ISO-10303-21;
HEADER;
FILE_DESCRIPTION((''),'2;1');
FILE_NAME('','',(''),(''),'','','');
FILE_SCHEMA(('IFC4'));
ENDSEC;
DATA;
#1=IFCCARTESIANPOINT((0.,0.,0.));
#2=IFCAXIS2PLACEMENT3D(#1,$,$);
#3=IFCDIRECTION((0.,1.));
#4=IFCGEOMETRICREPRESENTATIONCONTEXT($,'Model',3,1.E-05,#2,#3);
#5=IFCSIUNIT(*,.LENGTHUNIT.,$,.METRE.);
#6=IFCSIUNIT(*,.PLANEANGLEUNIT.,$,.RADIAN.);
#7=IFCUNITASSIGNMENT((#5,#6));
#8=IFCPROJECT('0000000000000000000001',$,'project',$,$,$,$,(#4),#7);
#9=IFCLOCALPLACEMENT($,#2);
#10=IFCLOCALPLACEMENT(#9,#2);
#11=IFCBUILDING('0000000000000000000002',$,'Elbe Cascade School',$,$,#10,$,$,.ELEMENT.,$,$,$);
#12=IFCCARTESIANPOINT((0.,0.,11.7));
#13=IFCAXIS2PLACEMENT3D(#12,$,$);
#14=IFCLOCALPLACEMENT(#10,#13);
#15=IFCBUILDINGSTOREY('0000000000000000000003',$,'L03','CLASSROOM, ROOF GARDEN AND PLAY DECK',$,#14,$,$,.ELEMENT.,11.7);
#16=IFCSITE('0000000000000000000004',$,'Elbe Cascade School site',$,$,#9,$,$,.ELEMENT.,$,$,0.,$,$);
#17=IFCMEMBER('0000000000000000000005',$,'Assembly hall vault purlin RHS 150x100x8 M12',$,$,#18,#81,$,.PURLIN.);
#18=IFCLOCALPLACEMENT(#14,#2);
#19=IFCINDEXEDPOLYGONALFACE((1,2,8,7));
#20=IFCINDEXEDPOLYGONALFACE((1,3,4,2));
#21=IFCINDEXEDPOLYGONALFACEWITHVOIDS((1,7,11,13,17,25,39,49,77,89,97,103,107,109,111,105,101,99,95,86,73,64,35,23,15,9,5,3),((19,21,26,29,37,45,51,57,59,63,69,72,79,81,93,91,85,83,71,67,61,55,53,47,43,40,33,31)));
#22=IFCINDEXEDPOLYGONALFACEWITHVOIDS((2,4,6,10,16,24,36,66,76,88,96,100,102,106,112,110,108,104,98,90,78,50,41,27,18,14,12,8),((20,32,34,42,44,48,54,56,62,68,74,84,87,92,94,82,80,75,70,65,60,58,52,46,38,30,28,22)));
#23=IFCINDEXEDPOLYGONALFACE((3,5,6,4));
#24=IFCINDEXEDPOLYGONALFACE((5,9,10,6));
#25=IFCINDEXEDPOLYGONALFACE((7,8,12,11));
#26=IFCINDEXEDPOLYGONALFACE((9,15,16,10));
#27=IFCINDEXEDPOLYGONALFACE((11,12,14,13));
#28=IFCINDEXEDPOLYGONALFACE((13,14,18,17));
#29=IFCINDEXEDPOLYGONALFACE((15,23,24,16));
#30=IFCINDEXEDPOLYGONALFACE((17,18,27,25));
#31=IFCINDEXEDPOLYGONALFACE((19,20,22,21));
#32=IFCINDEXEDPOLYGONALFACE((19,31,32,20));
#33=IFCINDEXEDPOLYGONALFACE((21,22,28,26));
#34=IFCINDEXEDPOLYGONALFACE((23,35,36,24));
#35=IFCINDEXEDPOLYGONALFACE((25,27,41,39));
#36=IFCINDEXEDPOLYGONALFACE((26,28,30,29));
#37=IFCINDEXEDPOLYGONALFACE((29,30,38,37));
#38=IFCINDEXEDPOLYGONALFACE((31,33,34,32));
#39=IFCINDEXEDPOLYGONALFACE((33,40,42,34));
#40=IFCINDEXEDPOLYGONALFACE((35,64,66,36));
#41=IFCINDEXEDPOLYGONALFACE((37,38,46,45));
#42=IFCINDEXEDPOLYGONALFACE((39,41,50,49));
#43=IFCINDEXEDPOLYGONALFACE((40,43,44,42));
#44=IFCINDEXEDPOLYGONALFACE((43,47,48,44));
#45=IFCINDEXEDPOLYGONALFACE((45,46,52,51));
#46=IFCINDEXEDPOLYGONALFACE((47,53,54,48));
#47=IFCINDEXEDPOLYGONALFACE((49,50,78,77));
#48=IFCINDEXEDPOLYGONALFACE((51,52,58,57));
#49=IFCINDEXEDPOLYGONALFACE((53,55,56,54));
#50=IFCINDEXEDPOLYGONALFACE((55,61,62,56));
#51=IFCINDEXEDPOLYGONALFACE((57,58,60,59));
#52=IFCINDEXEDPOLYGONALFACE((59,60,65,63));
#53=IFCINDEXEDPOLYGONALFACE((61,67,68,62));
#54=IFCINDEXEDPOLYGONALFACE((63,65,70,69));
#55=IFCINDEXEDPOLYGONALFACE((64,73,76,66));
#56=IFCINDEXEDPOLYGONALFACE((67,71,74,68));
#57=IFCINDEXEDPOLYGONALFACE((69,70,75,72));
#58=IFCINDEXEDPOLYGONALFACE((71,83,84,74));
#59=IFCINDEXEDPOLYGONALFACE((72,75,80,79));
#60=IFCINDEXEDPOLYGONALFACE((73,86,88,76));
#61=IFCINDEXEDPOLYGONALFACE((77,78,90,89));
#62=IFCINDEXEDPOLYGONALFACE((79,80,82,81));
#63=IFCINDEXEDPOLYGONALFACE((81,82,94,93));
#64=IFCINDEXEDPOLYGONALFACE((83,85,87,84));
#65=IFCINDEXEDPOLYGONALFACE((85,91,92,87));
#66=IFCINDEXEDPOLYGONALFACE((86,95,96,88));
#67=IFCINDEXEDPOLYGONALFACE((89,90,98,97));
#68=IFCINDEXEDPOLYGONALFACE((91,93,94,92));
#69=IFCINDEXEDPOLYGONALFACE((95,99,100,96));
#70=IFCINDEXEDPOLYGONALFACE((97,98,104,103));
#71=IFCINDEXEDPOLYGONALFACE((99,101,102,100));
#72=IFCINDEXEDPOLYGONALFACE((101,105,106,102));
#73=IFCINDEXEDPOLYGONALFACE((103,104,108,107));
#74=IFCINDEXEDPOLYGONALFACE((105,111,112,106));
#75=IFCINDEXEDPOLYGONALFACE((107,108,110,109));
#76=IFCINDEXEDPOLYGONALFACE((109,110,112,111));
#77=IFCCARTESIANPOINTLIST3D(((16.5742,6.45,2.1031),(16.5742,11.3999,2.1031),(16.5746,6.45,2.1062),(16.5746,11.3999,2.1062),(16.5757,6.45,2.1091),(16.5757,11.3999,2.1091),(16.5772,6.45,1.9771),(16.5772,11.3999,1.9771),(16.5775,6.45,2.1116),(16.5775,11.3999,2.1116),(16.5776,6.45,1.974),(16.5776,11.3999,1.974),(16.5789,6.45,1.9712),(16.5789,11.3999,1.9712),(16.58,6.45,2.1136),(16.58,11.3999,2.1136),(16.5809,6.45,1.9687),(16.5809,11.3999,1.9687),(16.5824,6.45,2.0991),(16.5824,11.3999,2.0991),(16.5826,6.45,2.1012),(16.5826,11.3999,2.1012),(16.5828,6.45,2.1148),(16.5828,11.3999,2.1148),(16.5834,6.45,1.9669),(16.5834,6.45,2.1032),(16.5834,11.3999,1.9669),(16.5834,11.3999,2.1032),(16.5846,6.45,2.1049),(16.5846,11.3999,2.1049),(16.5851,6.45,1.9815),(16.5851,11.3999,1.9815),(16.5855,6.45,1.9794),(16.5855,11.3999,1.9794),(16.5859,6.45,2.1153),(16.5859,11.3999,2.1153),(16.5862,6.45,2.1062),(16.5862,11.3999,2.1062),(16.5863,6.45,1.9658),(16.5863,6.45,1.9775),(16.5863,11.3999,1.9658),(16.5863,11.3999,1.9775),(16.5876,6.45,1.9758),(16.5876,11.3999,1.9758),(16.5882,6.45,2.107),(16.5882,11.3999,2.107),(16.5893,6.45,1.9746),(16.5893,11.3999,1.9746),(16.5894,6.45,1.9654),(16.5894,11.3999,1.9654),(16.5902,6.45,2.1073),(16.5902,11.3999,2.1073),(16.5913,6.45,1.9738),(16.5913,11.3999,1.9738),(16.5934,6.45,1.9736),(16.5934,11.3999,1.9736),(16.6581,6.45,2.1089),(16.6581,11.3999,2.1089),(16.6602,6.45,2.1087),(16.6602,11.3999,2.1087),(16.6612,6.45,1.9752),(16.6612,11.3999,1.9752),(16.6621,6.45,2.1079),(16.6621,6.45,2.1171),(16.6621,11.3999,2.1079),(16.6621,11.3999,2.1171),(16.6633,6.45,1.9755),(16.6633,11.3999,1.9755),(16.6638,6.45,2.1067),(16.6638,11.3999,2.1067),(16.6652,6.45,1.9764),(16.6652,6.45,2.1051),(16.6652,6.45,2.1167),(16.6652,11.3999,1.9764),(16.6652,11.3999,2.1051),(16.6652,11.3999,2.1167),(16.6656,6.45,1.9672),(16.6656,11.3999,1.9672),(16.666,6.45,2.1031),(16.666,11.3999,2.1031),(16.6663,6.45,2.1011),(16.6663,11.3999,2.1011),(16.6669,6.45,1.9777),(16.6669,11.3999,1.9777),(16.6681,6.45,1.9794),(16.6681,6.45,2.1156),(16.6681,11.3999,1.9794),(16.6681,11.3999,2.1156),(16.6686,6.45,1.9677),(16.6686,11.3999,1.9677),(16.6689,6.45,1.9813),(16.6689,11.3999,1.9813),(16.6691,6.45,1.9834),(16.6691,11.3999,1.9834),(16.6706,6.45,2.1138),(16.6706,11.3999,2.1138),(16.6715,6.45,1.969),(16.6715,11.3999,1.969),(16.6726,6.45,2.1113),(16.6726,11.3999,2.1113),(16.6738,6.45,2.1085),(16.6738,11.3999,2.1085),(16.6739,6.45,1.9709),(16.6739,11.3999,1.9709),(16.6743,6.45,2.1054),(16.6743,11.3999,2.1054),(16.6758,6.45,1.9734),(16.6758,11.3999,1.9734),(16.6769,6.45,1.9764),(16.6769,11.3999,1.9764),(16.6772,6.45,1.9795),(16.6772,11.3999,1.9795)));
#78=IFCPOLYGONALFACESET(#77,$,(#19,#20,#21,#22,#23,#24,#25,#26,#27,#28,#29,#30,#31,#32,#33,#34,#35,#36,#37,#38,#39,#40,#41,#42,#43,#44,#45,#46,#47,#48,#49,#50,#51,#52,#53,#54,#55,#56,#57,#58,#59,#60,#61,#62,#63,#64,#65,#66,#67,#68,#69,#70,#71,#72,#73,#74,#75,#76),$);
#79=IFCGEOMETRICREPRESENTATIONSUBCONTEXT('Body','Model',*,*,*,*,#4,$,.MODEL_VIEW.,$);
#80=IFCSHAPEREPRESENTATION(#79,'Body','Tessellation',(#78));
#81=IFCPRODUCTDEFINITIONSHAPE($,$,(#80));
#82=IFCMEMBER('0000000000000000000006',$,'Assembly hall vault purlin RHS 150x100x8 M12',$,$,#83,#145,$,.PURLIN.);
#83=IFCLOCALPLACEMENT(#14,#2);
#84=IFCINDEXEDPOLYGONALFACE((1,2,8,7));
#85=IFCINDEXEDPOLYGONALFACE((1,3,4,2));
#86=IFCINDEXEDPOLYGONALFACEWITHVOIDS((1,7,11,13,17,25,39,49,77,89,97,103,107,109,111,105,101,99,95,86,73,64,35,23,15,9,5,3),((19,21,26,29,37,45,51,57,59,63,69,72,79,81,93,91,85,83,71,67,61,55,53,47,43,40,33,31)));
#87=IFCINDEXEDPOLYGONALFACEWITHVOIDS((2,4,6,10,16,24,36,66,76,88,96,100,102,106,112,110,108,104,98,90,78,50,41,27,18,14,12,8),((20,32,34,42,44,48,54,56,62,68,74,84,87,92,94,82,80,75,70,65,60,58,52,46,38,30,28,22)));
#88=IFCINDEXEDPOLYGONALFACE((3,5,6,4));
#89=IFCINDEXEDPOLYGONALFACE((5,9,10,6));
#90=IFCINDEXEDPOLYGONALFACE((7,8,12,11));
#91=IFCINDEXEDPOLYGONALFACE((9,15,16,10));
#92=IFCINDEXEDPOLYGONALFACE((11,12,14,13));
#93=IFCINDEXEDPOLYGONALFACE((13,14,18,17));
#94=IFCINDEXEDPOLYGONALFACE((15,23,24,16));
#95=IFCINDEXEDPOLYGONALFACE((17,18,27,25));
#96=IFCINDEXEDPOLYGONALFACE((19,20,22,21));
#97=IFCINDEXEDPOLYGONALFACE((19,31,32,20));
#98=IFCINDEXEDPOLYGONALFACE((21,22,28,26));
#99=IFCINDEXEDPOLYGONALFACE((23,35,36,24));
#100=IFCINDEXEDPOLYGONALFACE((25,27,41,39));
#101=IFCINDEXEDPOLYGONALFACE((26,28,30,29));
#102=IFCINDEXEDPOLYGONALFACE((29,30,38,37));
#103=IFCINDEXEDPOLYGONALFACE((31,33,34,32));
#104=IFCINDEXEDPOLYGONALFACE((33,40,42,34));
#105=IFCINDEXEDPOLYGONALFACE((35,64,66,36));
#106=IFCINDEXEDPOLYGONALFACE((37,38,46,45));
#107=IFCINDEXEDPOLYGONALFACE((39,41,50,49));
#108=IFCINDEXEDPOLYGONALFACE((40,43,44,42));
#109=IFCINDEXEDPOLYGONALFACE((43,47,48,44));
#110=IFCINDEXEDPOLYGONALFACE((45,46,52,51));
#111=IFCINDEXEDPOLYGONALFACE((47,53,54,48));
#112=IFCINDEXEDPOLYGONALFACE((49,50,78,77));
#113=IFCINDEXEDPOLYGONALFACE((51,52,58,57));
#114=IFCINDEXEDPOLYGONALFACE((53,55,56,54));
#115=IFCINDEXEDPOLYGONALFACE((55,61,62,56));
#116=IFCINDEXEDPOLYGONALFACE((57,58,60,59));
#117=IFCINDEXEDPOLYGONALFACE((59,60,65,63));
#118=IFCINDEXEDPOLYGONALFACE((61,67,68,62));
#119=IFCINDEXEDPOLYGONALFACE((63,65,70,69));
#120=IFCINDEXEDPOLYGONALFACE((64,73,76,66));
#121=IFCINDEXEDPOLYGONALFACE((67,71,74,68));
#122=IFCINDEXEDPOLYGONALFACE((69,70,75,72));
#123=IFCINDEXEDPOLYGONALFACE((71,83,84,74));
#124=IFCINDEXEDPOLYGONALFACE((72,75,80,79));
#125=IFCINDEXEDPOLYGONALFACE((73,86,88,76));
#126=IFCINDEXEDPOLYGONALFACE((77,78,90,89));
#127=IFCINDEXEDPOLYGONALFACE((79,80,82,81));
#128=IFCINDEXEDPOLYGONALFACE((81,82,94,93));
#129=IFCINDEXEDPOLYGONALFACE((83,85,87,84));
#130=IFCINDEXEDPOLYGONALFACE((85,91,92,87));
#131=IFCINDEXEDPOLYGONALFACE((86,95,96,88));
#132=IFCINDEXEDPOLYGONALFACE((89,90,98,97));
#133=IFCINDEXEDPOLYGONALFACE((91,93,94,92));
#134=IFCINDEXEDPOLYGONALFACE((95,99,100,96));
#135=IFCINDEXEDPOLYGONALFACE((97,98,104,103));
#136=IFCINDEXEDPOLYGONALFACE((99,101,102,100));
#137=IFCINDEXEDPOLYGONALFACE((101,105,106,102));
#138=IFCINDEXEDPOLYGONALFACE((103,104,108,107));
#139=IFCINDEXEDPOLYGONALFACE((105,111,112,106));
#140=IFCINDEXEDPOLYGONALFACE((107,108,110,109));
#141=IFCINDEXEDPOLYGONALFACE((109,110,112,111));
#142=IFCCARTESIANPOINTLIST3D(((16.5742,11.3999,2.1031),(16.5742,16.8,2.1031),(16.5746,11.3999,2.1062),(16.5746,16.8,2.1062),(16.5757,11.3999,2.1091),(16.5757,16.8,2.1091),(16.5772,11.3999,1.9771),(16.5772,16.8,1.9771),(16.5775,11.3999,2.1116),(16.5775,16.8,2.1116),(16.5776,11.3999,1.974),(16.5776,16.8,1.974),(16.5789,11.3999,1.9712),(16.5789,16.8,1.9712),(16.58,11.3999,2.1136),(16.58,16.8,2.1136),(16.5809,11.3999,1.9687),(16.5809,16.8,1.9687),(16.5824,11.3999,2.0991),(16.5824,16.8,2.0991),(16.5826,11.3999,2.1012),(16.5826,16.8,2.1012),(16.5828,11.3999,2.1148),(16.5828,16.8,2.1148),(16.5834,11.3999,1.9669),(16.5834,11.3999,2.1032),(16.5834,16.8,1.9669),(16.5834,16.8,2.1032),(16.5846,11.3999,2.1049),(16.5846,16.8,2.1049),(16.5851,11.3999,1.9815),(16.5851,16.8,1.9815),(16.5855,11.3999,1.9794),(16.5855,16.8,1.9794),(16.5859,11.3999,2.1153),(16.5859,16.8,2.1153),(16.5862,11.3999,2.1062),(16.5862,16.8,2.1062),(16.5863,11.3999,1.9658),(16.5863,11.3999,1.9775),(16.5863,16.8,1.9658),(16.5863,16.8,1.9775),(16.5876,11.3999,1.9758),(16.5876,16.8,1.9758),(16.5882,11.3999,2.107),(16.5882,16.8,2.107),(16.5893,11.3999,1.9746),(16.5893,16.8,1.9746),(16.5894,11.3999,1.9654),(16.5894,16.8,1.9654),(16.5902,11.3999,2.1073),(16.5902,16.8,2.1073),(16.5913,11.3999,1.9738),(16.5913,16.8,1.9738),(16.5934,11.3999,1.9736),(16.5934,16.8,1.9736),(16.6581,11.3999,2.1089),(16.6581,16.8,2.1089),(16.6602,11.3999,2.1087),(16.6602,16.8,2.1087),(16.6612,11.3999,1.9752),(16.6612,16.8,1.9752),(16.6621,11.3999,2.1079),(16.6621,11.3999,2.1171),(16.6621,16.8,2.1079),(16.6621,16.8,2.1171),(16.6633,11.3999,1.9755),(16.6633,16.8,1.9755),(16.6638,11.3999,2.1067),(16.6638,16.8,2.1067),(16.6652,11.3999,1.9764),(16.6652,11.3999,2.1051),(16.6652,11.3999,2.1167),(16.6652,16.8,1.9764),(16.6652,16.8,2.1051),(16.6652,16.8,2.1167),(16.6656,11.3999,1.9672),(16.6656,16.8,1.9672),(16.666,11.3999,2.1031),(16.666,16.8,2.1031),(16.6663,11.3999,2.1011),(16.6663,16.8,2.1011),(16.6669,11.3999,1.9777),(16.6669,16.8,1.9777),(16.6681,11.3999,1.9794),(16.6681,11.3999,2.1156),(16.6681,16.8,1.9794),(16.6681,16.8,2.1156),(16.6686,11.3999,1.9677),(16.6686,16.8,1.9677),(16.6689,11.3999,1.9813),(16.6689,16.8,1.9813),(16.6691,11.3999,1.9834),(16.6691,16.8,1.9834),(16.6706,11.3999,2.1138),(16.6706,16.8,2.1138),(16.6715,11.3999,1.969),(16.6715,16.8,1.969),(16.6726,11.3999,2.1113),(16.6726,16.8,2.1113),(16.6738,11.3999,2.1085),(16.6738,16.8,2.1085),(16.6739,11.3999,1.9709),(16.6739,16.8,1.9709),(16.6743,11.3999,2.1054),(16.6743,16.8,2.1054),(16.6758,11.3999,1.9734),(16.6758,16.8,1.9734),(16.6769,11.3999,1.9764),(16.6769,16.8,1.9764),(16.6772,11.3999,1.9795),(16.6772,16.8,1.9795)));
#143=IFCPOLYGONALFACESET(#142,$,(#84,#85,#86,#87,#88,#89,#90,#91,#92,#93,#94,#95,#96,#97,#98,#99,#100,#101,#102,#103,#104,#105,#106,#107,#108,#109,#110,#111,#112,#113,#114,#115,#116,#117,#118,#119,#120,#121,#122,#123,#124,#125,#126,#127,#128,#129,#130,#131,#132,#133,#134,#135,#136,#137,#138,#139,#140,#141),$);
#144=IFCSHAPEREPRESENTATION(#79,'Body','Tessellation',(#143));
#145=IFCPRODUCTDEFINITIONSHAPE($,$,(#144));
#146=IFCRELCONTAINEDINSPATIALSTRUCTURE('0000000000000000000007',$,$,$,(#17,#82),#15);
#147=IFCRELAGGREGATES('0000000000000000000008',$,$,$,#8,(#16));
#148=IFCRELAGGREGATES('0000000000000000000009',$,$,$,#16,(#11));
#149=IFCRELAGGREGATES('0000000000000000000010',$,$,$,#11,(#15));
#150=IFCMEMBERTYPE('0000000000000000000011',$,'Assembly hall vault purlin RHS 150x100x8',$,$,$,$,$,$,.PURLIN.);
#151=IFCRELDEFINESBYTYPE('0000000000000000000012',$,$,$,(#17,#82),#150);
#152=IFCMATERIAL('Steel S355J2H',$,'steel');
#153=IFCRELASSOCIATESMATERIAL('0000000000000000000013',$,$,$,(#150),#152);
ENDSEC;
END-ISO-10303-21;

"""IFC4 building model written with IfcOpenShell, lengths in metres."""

from ifc_helpers import new_model, si_unit, direction, frame, origin, origin_2d, place, context, subcontext, project, spatial, hollow_rectangle, extrude, material, material_profile, profile_set, type_object, element, save


model = new_model("IFC4")

# Units and contexts
model_context = context("Model", 3, precision=1e-05, world=origin(), true_north=direction((0.0, 1.0)))
body_context = subcontext(model_context, "Body", "Model", "MODEL_VIEW")
ifc_project = project(units=[si_unit("LENGTHUNIT", "METRE"), si_unit("PLANEANGLEUNIT", "RADIAN")], contexts=[model_context])

# Site, building, storey
site_placement = place(None, origin())
site = spatial("IfcSite", under=ifc_project, at=site_placement, Name="Elbe Cascade School site", CompositionType="ELEMENT", RefElevation=0.0)
building_placement = place(site_placement, origin())
building = spatial("IfcBuilding", under=site, at=building_placement, Name="Elbe Cascade School", CompositionType="ELEMENT")
storey_placement = place(building_placement, frame((0.0, 0.0, 11.7)))
storey = spatial("IfcBuildingStorey", under=building, at=storey_placement, Name="L03", Description="CLASSROOM, ROOF GARDEN AND PLAY DECK", CompositionType="ELEMENT", Elevation=11.7)

# Members
ifc_material_1 = material(Name="Steel S355J2H", Category="steel")
ifc_material_profile_1 = material_profile(ifc_material_1, hollow_rectangle(XDim=0.1001, YDim=0.1499, WallThickness=0.0081, InnerFilletRadius=0.0081, OuterFilletRadius=0.012, at=origin_2d()), Name="RHS 150x100x8")
ifc_profile_set_1 = profile_set([ifc_material_profile_1], Name="Steel S355J2H")
member_type_1 = type_object("IfcMemberType", Name="Assembly hall vault purlin RHS 150x100x8", PredefinedType="PURLIN", material=ifc_profile_set_1)
member_1_placement = place(storey_placement, frame((16.6257, 6.45, 2.0413), z_axis=(0.0, 1.0, 0.0), x_axis=(-0.999727, 0.0, -0.023378)))
element("IfcMember", 1, at=member_1_placement, inside=storey, type_object=member_type_1, Name="Assembly hall vault purlin RHS 150x100x8 M12", PredefinedType="PURLIN", context=body_context, shape_type="SweptSolid", body=[
    extrude(hollow_rectangle(XDim=0.1001, YDim=0.1499, WallThickness=0.0081, InnerFilletRadius=0.0081, OuterFilletRadius=0.012, at=origin_2d()), origin(), (0.0, 0.0, 1.0), 4.95),
])
member_2_placement = place(storey_placement, frame((16.6257, 11.3999, 2.0413), z_axis=(0.0, 1.0, 0.0), x_axis=(-0.999727, 0.0, -0.023378)))
element("IfcMember", 2, at=member_2_placement, inside=storey, type_object=member_type_1, Name="Assembly hall vault purlin RHS 150x100x8 M12", PredefinedType="PURLIN", context=body_context, shape_type="SweptSolid", body=[
    extrude(hollow_rectangle(XDim=0.1001, YDim=0.1499, WallThickness=0.0081, InnerFilletRadius=0.0081, OuterFilletRadius=0.012, at=origin_2d()), origin(), (0.0, 0.0, 1.0), 5.4001),
])

save(model, "model.ifc")
